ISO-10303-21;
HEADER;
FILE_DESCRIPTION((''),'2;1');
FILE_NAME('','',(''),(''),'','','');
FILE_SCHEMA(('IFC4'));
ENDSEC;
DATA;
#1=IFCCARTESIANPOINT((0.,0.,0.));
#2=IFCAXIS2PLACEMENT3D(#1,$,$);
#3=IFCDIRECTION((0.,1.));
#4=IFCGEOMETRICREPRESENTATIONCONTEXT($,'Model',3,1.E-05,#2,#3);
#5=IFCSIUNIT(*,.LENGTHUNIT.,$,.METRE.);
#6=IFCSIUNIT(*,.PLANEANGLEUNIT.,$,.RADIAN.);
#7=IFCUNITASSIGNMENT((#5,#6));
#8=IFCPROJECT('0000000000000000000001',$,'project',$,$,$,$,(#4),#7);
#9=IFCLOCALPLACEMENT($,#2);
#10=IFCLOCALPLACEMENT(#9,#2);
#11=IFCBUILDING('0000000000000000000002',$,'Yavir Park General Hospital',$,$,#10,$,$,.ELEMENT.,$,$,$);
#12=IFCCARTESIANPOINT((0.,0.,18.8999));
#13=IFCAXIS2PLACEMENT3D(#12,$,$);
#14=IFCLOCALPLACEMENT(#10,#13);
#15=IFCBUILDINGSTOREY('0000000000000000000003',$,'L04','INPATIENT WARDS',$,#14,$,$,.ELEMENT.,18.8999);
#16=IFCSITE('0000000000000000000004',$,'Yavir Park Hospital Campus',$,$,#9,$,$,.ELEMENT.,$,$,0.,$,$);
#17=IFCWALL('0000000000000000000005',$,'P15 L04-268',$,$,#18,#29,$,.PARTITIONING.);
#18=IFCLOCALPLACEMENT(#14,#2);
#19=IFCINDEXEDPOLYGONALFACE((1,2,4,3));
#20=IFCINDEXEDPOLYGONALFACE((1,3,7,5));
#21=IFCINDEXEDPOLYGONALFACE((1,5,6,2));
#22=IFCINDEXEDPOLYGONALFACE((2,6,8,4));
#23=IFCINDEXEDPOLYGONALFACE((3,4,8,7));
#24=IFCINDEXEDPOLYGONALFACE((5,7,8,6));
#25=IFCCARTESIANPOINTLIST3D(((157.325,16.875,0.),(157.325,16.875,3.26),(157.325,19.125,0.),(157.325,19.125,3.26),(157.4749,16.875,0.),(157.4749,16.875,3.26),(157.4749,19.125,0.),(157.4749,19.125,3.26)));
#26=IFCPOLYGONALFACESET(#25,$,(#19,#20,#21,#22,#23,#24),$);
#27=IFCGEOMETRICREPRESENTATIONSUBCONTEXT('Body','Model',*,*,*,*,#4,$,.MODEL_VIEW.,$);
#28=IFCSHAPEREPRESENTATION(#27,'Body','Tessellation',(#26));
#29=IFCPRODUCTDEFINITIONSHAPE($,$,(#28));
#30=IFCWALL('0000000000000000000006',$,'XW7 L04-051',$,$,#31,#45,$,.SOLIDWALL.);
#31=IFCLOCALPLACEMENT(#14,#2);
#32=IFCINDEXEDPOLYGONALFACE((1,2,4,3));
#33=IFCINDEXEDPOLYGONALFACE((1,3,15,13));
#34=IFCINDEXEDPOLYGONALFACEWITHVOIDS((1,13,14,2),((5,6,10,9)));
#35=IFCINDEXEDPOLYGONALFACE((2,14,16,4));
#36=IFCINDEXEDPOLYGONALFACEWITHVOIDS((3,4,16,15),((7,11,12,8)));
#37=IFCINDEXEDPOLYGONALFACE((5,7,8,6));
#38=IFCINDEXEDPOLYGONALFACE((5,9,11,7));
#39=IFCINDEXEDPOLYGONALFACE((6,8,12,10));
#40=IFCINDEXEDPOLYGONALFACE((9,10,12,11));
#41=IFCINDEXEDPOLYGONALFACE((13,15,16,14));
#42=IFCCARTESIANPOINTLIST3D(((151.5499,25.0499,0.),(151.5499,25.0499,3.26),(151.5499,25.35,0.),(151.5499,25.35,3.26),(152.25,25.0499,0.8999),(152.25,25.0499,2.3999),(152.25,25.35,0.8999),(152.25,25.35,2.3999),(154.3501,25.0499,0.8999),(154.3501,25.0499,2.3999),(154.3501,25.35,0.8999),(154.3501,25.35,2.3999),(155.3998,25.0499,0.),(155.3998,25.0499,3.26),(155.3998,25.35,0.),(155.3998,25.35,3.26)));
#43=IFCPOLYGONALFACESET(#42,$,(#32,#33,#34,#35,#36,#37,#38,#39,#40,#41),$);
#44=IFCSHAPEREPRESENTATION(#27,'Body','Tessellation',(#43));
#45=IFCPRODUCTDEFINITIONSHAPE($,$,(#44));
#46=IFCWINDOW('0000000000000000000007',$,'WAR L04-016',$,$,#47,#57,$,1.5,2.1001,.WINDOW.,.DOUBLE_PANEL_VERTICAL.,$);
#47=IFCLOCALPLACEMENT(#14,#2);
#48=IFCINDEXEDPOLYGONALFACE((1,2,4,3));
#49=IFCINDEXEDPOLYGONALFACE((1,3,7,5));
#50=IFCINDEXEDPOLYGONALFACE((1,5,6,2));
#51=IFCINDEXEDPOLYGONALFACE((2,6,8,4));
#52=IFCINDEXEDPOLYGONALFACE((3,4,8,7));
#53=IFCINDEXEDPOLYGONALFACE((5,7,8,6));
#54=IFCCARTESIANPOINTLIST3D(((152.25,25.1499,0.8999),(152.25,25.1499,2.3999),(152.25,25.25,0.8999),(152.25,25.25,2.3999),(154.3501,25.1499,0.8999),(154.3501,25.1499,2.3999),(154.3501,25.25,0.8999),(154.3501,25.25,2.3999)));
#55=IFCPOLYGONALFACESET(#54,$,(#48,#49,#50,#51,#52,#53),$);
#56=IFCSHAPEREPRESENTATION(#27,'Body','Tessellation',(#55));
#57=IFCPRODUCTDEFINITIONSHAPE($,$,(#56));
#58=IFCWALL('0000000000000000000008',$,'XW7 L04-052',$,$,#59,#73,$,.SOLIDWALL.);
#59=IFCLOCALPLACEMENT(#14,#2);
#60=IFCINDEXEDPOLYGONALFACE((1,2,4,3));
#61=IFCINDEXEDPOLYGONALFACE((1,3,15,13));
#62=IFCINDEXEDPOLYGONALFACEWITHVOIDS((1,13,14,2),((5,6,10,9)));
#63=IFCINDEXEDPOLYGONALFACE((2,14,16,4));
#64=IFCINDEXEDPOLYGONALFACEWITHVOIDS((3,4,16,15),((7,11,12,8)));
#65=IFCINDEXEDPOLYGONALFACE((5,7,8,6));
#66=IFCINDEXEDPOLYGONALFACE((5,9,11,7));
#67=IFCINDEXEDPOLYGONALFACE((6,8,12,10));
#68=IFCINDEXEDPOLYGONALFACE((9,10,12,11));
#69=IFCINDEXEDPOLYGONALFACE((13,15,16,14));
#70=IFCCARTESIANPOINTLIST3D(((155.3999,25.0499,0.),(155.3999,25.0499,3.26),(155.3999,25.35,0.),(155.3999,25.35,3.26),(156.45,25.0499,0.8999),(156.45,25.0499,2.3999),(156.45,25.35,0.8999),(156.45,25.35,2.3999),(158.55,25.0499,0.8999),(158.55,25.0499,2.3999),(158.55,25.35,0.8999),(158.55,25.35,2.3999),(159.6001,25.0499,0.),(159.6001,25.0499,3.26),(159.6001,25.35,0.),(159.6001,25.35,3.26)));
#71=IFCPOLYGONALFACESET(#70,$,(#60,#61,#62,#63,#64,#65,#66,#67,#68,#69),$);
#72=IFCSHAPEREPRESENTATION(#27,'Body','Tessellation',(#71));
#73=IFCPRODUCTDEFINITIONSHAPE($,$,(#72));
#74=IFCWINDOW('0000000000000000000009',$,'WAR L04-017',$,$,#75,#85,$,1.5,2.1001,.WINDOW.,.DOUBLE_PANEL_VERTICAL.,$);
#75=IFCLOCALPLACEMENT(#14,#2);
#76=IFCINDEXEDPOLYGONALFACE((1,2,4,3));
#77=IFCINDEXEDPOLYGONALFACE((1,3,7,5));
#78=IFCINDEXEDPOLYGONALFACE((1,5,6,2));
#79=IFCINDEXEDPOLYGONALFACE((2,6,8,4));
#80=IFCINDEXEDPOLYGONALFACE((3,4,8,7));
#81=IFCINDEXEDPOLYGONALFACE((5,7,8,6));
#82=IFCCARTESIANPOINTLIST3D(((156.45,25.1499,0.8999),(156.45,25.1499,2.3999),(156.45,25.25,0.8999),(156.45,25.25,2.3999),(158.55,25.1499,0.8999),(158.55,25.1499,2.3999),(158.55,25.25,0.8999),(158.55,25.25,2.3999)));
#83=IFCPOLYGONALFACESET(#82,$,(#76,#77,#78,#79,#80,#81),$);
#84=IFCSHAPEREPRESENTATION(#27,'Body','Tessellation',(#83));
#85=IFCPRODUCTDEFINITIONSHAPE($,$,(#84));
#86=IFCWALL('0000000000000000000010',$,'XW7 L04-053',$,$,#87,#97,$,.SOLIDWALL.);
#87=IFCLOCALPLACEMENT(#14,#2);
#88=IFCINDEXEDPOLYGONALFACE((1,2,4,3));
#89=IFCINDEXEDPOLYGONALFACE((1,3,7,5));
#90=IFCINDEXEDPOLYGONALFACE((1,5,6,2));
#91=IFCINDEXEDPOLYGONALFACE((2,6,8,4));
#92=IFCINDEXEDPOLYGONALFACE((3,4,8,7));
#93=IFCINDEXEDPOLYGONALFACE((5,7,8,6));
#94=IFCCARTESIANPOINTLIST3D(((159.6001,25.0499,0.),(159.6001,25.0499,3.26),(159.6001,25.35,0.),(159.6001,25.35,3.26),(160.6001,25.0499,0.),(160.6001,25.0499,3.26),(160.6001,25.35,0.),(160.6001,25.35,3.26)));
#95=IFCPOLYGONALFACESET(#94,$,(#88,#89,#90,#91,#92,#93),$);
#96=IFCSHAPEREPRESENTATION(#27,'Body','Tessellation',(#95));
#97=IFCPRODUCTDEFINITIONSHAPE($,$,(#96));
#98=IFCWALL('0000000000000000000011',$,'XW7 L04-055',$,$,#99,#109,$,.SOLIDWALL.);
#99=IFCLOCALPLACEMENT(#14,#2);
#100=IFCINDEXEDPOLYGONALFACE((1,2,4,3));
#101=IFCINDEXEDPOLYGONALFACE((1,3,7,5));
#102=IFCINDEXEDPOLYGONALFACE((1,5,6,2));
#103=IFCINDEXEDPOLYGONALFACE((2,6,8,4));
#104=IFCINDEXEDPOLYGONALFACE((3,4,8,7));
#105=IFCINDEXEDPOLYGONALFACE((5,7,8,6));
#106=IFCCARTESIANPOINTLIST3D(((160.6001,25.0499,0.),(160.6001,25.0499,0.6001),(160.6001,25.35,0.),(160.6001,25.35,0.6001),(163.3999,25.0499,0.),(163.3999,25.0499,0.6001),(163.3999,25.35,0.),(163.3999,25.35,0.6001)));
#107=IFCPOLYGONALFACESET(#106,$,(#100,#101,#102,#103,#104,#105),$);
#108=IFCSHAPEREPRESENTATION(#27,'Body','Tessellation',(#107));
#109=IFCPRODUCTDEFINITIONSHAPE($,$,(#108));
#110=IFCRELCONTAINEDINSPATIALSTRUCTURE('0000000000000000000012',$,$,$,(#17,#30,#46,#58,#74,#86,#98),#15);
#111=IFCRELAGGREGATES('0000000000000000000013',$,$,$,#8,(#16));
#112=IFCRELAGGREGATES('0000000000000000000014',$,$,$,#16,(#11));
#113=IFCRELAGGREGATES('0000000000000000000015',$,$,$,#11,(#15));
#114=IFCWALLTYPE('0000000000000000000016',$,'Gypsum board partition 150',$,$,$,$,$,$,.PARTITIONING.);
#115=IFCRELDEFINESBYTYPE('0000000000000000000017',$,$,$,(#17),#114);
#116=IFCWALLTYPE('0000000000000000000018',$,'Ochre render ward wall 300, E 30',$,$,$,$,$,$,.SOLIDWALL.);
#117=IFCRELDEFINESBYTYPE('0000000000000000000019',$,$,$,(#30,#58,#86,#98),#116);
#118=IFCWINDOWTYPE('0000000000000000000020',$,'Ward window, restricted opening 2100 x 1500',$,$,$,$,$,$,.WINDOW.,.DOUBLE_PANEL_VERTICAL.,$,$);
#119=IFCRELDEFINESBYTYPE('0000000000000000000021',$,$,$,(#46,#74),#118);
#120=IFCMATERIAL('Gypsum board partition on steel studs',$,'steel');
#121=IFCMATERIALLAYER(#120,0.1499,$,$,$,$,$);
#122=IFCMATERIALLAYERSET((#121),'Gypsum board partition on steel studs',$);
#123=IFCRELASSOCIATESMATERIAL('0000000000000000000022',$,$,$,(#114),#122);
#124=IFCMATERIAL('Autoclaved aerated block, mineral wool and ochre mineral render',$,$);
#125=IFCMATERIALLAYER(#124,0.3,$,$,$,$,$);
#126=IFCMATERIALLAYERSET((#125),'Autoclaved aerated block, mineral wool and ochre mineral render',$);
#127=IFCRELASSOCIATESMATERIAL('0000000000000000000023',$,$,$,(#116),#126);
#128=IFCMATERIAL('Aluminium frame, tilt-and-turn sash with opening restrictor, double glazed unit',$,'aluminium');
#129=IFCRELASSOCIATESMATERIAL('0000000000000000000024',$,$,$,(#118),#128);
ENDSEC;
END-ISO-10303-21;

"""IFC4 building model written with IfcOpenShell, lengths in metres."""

from ifc_helpers import new_model, si_unit, direction, frame, frame_2d, origin, place, context, subcontext, project, spatial, rectangle, extrude, material, layer, layer_set, type_object, element, fill, save


model = new_model("IFC4")

# Units and contexts
model_context = context("Model", 3, precision=1e-05, world=origin(), true_north=direction((0.0, 1.0)))
body_context = subcontext(model_context, "Body", "Model", "MODEL_VIEW")
ifc_project = project(units=[si_unit("LENGTHUNIT", "METRE"), si_unit("PLANEANGLEUNIT", "RADIAN")], contexts=[model_context])

# Site, building, storey
site_placement = place(None, origin())
site = spatial("IfcSite", under=ifc_project, at=site_placement, Name="Yavir Park Hospital Campus", CompositionType="ELEMENT", RefElevation=0.0)
building_placement = place(site_placement, origin())
building = spatial("IfcBuilding", under=site, at=building_placement, Name="Yavir Park General Hospital", CompositionType="ELEMENT")
storey_placement = place(building_placement, frame((0.0, 0.0, 18.8999)))
storey = spatial("IfcBuildingStorey", under=building, at=storey_placement, Name="L04", Description="INPATIENT WARDS", CompositionType="ELEMENT", Elevation=18.8999)

# Shared definitions
ifc_material_1 = material(Name="Gypsum board partition on steel studs", Category="steel")
ifc_layer_1 = layer(ifc_material_1, 0.1499)
ifc_layer_set_1 = layer_set([ifc_layer_1], Name="Gypsum board partition on steel studs")
wall_type_1 = type_object("IfcWallType", Name="Gypsum board partition 150", PredefinedType="PARTITIONING", material=ifc_layer_set_1)

# Wall
wall_1_placement = place(storey_placement, frame((157.3999, 16.875, 0.0), z_axis=(0.0, 0.0, 1.0), x_axis=(0.0, 1.0, 0.0)))
element("IfcWall", 1, at=wall_1_placement, inside=storey, type_object=wall_type_1, Name="P15 L04-268", PredefinedType="PARTITIONING", context=body_context, shape_type="SweptSolid", body=[
    extrude(rectangle(XDim=2.25, YDim=0.1499, at=frame_2d((1.125, 0.0))), origin(), (0.0, 0.0, 1.0), 3.26),
])

# Walls, openings, windows
ifc_material_2 = material(Name="Autoclaved aerated block, mineral wool and ochre mineral render")
ifc_layer_2 = layer(ifc_material_2, 0.3)
ifc_layer_set_2 = layer_set([ifc_layer_2], Name="Autoclaved aerated block, mineral wool and ochre mineral render")
wall_type_2 = type_object("IfcWallType", Name="Ochre render ward wall 300, E 30", PredefinedType="SOLIDWALL", material=ifc_layer_set_2)
wall_2_placement = place(storey_placement, frame((151.55, 25.2, 0.0), z_axis=(0.0, 0.0, 1.0), x_axis=(1.0, 0.0, 0.0)))
wall_2 = element("IfcWall", 2, at=wall_2_placement, inside=storey, type_object=wall_type_2, Name="XW7 L04-051", PredefinedType="SOLIDWALL", context=body_context, shape_type="SweptSolid", body=[
    extrude(rectangle(XDim=3.8499, YDim=0.3, at=frame_2d((1.9248, 0.0))), origin(), (0.0, 0.0, 1.0), 3.26),
])
opening_1_placement = place(wall_2_placement, frame((0.7, 0.0, 0.8999)))
opening_1 = element("IfcOpeningElement", 3, at=opening_1_placement, cuts=wall_2, PredefinedType="OPENING", context=body_context, shape_type="SweptSolid", body=[
    extrude(rectangle(XDim=2.1001, YDim=1.5, at=frame_2d((1.05, 0.75))), frame((0.0, 0.1599, 0.0), z_axis=(0.0, -1.0, 0.0), x_axis=(1.0, 0.0, 0.0)), (0.0, 0.0, 1.0), 0.3201),
])
ifc_material_3 = material(Name="Aluminium frame, tilt-and-turn sash with opening restrictor, double glazed unit", Category="aluminium")
window_type = type_object("IfcWindowType", Name="Ward window, restricted opening 2100 x 1500", PartitioningType="DOUBLE_PANEL_VERTICAL", PredefinedType="WINDOW", material=ifc_material_3)
window_1_placement = place(opening_1_placement, origin())
window_1 = element("IfcWindow", 4, at=window_1_placement, inside=storey, type_object=window_type, Name="WAR L04-016", OverallHeight=1.5, OverallWidth=2.1001, PartitioningType="DOUBLE_PANEL_VERTICAL", PredefinedType="WINDOW", context=body_context, shape_type="SweptSolid", body=[
    extrude(rectangle(XDim=2.1001, YDim=1.5, at=frame_2d((1.05, 0.75))), frame((0.0, 0.05, 0.0), z_axis=(0.0, -1.0, 0.0), x_axis=(1.0, 0.0, 0.0)), (0.0, 0.0, 1.0), 0.1001),
])
fill(opening_1, window_1)
wall_3_placement = place(storey_placement, frame((155.3999, 25.2, 0.0), z_axis=(0.0, 0.0, 1.0), x_axis=(1.0, 0.0, 0.0)))
wall_3 = element("IfcWall", 5, at=wall_3_placement, inside=storey, type_object=wall_type_2, Name="XW7 L04-052", PredefinedType="SOLIDWALL", context=body_context, shape_type="SweptSolid", body=[
    extrude(rectangle(XDim=4.2002, YDim=0.3, at=frame_2d((2.1001, 0.0))), origin(), (0.0, 0.0, 1.0), 3.26),
])
opening_2_placement = place(wall_3_placement, frame((1.05, 0.0, 0.8999)))
opening_2 = element("IfcOpeningElement", 6, at=opening_2_placement, cuts=wall_3, PredefinedType="OPENING", context=body_context, shape_type="SweptSolid", body=[
    extrude(rectangle(XDim=2.1001, YDim=1.5, at=frame_2d((1.05, 0.75))), frame((0.0, 0.1599, 0.0), z_axis=(0.0, -1.0, 0.0), x_axis=(1.0, 0.0, 0.0)), (0.0, 0.0, 1.0), 0.3201),
])
window_2_placement = place(opening_2_placement, origin())
window_2 = element("IfcWindow", 7, at=window_2_placement, inside=storey, type_object=window_type, Name="WAR L04-017", OverallHeight=1.5, OverallWidth=2.1001, PartitioningType="DOUBLE_PANEL_VERTICAL", PredefinedType="WINDOW", context=body_context, shape_type="SweptSolid", body=[
    extrude(rectangle(XDim=2.1001, YDim=1.5, at=frame_2d((1.05, 0.75))), frame((0.0, 0.05, 0.0), z_axis=(0.0, -1.0, 0.0), x_axis=(1.0, 0.0, 0.0)), (0.0, 0.0, 1.0), 0.1001),
])
fill(opening_2, window_2)

# Walls
wall_4_placement = place(storey_placement, frame((159.6001, 25.2, 0.0), z_axis=(0.0, 0.0, 1.0), x_axis=(1.0, 0.0, 0.0)))
element("IfcWall", 8, at=wall_4_placement, inside=storey, type_object=wall_type_2, Name="XW7 L04-053", PredefinedType="SOLIDWALL", context=body_context, shape_type="SweptSolid", body=[
    extrude(rectangle(XDim=1.0, YDim=0.3, at=frame_2d((0.5, 0.0))), origin(), (0.0, 0.0, 1.0), 3.26),
])
wall_5_placement = place(storey_placement, frame((160.6001, 25.2, 0.0), z_axis=(0.0, 0.0, 1.0), x_axis=(1.0, 0.0, 0.0)))
element("IfcWall", 9, at=wall_5_placement, inside=storey, type_object=wall_type_2, Name="XW7 L04-055", PredefinedType="SOLIDWALL", context=body_context, shape_type="SweptSolid", body=[
    extrude(rectangle(XDim=2.7998, YDim=0.3, at=frame_2d((1.3999, 0.0))), origin(), (0.0, 0.0, 1.0), 0.6001),
])

save(model, "model.ifc")
